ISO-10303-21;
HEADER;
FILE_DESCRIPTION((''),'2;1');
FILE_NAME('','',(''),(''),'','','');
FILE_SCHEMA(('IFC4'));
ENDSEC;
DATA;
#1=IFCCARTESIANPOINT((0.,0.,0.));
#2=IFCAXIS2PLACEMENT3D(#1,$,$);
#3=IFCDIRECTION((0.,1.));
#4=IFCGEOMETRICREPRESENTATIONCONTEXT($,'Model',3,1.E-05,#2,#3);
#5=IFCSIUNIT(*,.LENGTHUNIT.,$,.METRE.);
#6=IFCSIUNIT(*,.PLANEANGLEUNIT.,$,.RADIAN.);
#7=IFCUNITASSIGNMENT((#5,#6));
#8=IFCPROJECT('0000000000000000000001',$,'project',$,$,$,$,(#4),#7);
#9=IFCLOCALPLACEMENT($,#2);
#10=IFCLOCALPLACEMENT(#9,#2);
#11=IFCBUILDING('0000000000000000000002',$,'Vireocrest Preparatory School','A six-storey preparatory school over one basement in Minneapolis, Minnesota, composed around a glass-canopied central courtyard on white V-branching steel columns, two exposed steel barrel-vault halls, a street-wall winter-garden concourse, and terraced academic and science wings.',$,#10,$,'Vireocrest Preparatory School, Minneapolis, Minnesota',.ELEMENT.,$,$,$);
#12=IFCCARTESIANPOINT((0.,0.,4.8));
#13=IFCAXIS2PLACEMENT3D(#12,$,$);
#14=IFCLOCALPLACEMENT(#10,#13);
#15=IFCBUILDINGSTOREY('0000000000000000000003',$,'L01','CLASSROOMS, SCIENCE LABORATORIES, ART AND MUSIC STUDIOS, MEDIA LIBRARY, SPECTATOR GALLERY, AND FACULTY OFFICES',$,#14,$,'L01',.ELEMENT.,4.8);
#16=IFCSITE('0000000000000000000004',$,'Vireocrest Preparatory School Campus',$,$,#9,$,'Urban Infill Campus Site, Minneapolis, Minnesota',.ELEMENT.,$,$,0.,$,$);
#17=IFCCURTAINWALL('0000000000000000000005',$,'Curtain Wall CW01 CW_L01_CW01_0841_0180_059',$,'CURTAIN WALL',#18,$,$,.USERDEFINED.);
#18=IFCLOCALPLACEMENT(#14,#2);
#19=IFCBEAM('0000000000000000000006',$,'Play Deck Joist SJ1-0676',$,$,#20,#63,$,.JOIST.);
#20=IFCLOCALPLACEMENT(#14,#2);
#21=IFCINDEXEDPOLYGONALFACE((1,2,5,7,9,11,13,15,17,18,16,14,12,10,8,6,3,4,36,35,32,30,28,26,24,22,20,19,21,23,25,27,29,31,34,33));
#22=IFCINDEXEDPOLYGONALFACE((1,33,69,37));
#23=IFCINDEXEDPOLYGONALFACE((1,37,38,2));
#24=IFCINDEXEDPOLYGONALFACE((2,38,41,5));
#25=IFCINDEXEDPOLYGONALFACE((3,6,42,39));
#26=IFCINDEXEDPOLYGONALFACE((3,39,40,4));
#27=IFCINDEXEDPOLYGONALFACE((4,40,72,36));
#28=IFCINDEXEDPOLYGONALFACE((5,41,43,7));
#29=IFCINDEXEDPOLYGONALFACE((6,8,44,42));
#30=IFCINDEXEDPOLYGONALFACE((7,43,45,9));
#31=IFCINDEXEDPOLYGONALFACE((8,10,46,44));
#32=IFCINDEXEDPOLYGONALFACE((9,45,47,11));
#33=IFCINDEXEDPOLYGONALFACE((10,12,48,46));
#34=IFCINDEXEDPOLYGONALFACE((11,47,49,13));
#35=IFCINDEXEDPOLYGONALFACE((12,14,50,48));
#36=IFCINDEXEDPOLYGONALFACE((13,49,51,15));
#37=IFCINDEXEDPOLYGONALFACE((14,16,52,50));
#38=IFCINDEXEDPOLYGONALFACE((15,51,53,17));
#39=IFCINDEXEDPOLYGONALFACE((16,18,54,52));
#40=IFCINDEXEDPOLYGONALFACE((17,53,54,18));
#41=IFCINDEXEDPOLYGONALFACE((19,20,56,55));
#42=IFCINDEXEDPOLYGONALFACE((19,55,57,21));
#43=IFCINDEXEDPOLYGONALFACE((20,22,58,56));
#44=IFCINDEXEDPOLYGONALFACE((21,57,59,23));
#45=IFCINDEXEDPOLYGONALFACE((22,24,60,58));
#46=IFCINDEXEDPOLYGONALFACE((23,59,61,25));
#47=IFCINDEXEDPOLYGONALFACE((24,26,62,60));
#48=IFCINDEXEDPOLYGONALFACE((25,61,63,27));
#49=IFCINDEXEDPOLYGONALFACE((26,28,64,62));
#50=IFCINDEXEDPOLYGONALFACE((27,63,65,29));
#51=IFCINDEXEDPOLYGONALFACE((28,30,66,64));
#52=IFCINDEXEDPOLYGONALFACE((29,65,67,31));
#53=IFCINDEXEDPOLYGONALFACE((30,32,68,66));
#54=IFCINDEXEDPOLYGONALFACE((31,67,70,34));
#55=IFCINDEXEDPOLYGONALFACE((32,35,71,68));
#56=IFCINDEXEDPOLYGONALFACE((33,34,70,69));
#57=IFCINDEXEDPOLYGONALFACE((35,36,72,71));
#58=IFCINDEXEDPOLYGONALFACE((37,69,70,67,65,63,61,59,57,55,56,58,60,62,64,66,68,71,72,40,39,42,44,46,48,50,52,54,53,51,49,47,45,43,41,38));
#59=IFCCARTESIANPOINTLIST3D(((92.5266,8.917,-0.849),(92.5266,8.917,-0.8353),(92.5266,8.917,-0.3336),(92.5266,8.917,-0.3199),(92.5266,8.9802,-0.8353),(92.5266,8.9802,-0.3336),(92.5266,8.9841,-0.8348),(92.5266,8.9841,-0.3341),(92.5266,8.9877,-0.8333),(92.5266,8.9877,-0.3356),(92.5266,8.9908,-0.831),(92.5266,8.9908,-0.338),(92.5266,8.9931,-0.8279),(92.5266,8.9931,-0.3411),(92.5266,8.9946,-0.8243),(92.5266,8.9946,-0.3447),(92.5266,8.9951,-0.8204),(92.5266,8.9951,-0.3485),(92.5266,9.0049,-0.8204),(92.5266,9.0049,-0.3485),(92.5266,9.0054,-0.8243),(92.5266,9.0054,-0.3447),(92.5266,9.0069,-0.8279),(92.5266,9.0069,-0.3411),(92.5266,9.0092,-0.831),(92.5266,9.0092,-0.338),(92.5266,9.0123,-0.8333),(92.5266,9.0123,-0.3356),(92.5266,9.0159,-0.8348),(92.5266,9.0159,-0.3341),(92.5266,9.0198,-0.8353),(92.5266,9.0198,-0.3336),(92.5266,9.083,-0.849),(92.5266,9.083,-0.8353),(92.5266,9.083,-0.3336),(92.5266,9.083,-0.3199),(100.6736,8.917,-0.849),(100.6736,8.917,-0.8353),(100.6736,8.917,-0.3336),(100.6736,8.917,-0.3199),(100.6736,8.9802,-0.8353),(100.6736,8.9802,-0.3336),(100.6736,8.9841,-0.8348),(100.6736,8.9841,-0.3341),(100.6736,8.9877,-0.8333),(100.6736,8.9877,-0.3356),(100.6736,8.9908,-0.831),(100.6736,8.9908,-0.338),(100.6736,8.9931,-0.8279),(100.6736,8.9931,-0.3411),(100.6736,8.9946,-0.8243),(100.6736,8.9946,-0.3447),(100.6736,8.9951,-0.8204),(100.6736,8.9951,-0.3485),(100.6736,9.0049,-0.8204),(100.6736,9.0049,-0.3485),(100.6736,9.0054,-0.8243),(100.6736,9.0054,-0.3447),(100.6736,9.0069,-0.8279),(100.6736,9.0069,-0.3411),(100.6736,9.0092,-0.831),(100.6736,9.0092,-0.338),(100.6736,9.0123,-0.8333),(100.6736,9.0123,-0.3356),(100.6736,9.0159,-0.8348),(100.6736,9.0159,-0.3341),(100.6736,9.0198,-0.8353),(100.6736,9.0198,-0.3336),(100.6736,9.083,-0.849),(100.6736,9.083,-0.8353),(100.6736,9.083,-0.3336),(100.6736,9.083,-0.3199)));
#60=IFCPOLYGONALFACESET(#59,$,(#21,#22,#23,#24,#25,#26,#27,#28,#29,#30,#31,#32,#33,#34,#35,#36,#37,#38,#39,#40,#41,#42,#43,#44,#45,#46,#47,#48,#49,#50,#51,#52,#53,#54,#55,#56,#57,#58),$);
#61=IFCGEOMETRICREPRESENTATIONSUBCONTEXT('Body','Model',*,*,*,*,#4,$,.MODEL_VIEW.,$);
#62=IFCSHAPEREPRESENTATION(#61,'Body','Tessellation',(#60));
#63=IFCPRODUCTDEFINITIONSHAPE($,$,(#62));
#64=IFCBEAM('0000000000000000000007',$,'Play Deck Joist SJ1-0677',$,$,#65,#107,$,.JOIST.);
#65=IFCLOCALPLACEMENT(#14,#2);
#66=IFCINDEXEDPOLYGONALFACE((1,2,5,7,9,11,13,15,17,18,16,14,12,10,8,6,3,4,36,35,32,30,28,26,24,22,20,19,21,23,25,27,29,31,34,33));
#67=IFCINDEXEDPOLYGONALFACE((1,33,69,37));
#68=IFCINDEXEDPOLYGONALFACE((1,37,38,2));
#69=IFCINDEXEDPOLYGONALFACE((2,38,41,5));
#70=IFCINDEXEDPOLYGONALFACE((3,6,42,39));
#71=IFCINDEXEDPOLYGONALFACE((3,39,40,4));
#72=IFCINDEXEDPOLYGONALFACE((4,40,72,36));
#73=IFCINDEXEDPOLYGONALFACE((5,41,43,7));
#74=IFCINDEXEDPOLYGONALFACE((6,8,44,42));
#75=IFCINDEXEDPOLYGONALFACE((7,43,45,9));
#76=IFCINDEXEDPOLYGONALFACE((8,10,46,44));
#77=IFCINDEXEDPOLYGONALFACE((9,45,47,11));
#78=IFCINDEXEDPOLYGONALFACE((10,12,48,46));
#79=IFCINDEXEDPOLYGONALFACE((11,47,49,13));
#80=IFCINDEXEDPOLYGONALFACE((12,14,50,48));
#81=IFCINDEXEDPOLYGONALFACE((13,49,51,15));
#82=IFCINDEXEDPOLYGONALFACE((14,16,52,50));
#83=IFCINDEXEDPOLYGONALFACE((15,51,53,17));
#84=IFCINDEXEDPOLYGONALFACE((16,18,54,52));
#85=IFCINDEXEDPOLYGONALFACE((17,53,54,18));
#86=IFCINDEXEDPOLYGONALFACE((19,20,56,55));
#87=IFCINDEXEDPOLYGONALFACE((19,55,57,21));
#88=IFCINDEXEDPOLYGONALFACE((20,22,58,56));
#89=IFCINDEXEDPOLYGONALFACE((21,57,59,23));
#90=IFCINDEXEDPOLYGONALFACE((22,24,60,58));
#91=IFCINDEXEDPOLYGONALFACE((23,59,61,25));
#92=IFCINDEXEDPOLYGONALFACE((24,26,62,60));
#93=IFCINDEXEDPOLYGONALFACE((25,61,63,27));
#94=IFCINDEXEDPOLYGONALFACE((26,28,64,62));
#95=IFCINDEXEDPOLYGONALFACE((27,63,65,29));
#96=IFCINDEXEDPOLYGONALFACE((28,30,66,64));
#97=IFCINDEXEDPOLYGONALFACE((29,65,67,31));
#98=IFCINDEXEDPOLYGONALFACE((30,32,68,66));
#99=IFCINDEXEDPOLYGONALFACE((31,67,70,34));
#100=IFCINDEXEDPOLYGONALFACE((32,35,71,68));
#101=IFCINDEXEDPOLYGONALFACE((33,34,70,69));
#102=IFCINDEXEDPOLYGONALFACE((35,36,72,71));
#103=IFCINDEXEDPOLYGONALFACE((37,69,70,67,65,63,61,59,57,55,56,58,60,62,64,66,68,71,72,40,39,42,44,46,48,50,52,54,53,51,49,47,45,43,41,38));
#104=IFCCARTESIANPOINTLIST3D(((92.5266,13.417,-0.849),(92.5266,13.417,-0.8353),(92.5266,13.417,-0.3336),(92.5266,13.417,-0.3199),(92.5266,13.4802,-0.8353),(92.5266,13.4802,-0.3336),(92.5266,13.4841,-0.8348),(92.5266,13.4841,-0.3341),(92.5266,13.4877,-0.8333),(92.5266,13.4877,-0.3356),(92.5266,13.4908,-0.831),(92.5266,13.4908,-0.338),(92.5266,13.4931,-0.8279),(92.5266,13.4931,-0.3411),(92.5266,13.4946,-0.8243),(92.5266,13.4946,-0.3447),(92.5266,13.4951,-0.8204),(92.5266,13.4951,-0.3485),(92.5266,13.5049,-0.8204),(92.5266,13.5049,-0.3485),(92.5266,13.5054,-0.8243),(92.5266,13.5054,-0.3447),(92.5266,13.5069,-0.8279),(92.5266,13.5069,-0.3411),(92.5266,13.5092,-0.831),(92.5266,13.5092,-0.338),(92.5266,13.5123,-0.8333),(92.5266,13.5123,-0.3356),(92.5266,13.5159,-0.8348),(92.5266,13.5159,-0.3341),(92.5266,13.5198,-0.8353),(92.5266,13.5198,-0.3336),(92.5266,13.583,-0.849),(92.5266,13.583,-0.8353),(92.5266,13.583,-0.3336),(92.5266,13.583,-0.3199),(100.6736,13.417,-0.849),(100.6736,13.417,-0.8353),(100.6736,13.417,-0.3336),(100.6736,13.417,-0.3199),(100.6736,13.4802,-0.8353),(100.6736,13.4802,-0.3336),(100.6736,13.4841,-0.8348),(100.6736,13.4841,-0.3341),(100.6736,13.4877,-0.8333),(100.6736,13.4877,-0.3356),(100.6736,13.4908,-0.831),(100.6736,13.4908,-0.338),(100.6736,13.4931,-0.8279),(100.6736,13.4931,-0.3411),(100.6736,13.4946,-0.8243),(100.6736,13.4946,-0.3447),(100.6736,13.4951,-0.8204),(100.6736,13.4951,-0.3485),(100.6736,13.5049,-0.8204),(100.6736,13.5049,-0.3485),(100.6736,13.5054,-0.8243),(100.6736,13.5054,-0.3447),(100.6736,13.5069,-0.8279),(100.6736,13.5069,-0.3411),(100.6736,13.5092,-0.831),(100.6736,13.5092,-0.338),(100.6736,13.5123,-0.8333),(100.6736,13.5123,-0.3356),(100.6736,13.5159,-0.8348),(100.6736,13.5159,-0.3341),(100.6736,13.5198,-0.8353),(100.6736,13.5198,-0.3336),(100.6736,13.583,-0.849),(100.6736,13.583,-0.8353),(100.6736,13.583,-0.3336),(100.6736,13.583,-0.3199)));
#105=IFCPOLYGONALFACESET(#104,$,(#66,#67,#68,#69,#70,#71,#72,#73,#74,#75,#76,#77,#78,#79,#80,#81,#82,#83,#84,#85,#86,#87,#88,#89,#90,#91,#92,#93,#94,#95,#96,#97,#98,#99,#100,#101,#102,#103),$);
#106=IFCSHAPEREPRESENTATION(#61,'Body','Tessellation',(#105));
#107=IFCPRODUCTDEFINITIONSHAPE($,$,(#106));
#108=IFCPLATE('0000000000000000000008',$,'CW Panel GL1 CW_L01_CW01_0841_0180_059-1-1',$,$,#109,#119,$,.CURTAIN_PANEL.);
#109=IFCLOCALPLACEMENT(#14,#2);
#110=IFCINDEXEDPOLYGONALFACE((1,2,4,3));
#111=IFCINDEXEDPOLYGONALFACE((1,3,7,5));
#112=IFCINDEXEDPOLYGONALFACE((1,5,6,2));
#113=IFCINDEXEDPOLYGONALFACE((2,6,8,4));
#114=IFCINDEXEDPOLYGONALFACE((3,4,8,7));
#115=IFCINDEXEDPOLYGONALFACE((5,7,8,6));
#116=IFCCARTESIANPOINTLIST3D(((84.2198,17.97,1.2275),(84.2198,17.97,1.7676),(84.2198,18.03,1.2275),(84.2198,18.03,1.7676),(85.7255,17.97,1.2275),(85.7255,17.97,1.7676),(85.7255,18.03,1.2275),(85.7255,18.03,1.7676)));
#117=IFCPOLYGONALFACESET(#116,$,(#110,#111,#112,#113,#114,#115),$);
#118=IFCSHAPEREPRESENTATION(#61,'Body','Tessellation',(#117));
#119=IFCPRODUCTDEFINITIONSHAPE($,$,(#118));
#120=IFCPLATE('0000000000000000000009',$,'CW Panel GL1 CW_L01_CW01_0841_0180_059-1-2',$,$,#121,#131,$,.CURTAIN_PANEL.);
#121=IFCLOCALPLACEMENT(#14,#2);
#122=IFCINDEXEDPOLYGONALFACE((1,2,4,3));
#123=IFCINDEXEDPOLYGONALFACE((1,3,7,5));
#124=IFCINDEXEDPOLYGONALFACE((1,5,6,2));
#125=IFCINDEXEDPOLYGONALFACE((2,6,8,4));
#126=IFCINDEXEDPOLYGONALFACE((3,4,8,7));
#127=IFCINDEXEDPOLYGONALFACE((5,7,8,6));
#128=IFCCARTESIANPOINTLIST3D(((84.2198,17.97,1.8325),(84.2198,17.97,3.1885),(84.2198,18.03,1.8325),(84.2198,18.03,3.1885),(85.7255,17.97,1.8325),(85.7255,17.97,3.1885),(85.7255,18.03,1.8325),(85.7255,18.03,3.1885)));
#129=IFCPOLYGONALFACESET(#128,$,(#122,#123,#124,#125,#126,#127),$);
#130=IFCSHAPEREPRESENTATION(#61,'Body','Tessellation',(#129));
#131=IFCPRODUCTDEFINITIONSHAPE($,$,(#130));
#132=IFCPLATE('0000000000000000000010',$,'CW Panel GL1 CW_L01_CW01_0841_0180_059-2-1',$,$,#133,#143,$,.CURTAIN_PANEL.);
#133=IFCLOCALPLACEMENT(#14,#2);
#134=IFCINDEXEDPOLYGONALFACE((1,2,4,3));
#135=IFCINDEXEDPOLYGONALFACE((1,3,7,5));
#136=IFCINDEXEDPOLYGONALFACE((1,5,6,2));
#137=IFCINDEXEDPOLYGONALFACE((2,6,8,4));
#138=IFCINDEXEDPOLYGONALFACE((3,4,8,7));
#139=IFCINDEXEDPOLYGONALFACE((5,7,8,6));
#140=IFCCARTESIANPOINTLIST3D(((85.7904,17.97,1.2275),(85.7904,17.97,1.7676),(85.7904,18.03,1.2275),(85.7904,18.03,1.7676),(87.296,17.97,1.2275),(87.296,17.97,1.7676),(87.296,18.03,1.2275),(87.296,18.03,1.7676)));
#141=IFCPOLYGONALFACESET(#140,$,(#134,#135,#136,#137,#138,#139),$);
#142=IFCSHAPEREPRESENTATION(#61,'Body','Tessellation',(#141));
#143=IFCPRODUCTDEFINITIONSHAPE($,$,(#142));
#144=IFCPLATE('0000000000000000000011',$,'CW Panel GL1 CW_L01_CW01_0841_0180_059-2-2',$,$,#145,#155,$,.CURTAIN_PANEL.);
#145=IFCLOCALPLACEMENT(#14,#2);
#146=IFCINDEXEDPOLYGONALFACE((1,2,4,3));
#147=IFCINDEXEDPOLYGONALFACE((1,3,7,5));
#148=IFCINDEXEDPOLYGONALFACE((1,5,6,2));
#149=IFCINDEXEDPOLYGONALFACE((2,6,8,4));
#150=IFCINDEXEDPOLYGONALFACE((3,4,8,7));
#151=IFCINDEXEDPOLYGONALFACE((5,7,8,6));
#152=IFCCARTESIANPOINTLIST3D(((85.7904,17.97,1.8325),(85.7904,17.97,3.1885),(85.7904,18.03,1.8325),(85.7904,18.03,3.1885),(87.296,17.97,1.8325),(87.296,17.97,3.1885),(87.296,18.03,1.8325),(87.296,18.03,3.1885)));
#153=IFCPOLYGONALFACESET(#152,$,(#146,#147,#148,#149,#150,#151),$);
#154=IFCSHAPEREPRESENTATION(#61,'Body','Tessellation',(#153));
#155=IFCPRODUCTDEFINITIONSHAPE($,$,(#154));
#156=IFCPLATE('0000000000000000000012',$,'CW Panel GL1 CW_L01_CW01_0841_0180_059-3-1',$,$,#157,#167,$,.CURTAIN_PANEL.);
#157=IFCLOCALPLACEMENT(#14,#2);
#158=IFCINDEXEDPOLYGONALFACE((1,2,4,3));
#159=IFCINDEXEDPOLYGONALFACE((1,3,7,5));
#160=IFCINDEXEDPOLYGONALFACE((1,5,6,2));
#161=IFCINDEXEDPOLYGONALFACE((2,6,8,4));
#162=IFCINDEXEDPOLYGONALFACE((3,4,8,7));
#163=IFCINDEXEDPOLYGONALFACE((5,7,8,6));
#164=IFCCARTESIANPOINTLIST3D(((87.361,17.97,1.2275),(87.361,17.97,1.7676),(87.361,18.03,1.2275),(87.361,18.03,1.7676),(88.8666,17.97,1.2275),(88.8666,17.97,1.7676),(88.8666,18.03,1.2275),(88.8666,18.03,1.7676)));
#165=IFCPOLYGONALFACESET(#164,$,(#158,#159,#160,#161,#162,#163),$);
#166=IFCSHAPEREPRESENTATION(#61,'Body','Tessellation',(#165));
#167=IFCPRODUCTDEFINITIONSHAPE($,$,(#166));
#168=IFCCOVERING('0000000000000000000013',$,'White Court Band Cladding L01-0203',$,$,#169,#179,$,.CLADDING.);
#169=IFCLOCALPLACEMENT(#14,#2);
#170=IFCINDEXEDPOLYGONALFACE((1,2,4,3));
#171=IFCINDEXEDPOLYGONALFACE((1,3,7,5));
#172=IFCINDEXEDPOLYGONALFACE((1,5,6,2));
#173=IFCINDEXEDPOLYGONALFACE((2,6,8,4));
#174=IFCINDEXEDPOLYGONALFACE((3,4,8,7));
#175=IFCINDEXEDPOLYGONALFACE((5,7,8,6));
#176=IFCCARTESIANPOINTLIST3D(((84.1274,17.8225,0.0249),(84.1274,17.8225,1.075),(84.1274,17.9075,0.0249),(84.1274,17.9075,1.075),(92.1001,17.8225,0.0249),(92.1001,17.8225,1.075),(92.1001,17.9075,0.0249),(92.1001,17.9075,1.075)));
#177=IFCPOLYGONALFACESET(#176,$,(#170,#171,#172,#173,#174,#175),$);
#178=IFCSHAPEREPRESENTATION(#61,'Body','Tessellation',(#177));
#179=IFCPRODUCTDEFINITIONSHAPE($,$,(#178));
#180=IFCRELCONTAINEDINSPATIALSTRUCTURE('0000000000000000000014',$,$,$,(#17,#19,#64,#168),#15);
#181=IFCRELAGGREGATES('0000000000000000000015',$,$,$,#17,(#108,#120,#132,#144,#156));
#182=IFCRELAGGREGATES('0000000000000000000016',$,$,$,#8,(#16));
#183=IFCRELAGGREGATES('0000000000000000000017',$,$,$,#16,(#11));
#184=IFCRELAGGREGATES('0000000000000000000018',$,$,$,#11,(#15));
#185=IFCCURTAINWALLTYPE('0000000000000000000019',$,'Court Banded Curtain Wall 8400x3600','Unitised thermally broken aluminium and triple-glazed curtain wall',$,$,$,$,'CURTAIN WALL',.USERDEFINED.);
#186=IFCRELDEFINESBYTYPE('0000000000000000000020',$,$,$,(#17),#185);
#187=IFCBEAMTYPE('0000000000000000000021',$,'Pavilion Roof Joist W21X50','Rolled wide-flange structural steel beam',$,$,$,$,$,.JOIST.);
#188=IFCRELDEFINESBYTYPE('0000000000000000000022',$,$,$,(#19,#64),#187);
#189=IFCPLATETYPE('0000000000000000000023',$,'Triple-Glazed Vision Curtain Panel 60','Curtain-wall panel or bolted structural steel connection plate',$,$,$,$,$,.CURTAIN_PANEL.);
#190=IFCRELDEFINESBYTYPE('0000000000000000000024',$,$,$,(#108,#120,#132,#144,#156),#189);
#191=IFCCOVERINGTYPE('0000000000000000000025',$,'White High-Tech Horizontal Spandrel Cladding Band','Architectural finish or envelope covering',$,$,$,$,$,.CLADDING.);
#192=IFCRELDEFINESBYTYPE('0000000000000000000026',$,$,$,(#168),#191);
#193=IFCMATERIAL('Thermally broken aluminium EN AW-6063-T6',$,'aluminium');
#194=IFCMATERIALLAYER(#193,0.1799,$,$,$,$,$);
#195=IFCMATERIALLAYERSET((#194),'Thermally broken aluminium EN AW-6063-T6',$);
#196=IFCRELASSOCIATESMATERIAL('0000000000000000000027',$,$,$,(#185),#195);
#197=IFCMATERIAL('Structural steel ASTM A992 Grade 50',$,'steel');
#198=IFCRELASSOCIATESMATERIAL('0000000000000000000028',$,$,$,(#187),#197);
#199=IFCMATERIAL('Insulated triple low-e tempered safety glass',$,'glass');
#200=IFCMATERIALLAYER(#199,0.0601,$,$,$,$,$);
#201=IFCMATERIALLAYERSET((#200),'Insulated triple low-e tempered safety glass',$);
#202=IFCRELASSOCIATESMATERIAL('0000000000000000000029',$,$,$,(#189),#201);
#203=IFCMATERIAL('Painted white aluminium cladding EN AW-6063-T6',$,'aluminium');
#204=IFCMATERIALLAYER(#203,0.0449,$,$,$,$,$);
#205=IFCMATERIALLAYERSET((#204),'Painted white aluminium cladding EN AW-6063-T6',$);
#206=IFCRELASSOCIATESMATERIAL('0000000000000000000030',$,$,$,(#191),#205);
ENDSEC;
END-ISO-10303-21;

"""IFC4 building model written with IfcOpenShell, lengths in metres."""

from ifc_helpers import new_model, si_unit, direction, frame, origin, origin_2d, place, context, subcontext, project, spatial, rectangle, i_section, extrude, material, layer, layer_set, material_profile, profile_set, type_object, element, aggregate, save


model = new_model("IFC4")

# Units and contexts
model_context = context("Model", 3, precision=1e-05, world=origin(), true_north=direction((0.0, 1.0)))
body_context = subcontext(model_context, "Body", "Model", "MODEL_VIEW")
ifc_project = project(units=[si_unit("LENGTHUNIT", "METRE"), si_unit("PLANEANGLEUNIT", "RADIAN")], contexts=[model_context])

# Site, building, storey
site_placement = place(None, origin())
site = spatial("IfcSite", under=ifc_project, at=site_placement, Name="Vireocrest Preparatory School Campus", LongName="Urban Infill Campus Site, Minneapolis, Minnesota", CompositionType="ELEMENT", RefElevation=0.0)
building_placement = place(site_placement, origin())
building = spatial("IfcBuilding", under=site, at=building_placement, Name="Vireocrest Preparatory School", Description="A six-storey preparatory school over one basement in Minneapolis, Minnesota, composed around a glass-canopied central courtyard on white V-branching steel columns, two exposed steel barrel-vault halls, a street-wall winter-garden concourse, and terraced academic and science wings.", LongName="Vireocrest Preparatory School, Minneapolis, Minnesota", CompositionType="ELEMENT")
storey_placement = place(building_placement, frame((0.0, 0.0, 4.8)))
storey = spatial("IfcBuildingStorey", under=building, at=storey_placement, Name="L01", Description="CLASSROOMS, SCIENCE LABORATORIES, ART AND MUSIC STUDIOS, MEDIA LIBRARY, SPECTATOR GALLERY, AND FACULTY OFFICES", LongName="L01", CompositionType="ELEMENT", Elevation=4.8)

# Curtain wall
ifc_material_1 = material(Name="Thermally broken aluminium EN AW-6063-T6", Category="aluminium")
ifc_layer_1 = layer(ifc_material_1, 0.1799)
ifc_layer_set_1 = layer_set([ifc_layer_1], Name="Thermally broken aluminium EN AW-6063-T6")
curtain_wall_type = type_object("IfcCurtainWallType", Name="Court Banded Curtain Wall 8400x3600", Description="Unitised thermally broken aluminium and triple-glazed curtain wall", ElementType="CURTAIN WALL", PredefinedType="USERDEFINED", material=ifc_layer_set_1)
curtain_wall_placement = place(storey_placement, origin())
curtain_wall = element("IfcCurtainWall", 1, at=curtain_wall_placement, inside=storey, type_object=curtain_wall_type, Name="Curtain Wall CW01 CW_L01_CW01_0841_0180_059", ObjectType="CURTAIN WALL", PredefinedType="USERDEFINED")

# Beams
ifc_material_2 = material(Name="Structural steel ASTM A992 Grade 50", Category="steel")
ifc_material_profile_1 = material_profile(ifc_material_2, i_section(OverallWidth=0.166, OverallDepth=0.5291, WebThickness=0.0098, FlangeThickness=0.0137, FilletRadius=0.0149, at=origin_2d()), Name="W21X50")
ifc_profile_set_1 = profile_set([ifc_material_profile_1], Name="Structural steel ASTM A992 Grade 50")
beam_type_1 = type_object("IfcBeamType", Name="Pavilion Roof Joist W21X50", Description="Rolled wide-flange structural steel beam", PredefinedType="JOIST", material=ifc_profile_set_1)
for number, where, z_axis, x_axis, name in (
    (2, (92.5266, 9.0, -0.5845), (1.0, 0.0, 0.0), (0.0, 1.0, 0.0), "Play Deck Joist SJ1-0676"),
    (3, (92.5266, 13.5, -0.5845), (1.0, 0.0, 0.0), (0.0, 1.0, 0.0), "Play Deck Joist SJ1-0677"),
):
    element("IfcBeam", number, at=place(storey_placement, frame(where, z_axis=z_axis, x_axis=x_axis)), inside=storey, type_object=beam_type_1, Name=name, PredefinedType="JOIST", context=body_context, shape_type="SweptSolid", body=[
        extrude(i_section(OverallWidth=0.166, OverallDepth=0.5291, WebThickness=0.0098, FlangeThickness=0.0137, FilletRadius=0.0149, at=origin_2d()), origin(), (0.0, 0.0, 1.0), 8.147),
    ])

# Plates
ifc_material_3 = material(Name="Insulated triple low-e tempered safety glass", Category="glass")
ifc_layer_2 = layer(ifc_material_3, 0.0601)
ifc_layer_set_2 = layer_set([ifc_layer_2], Name="Insulated triple low-e tempered safety glass")
plate_type = type_object("IfcPlateType", Name="Triple-Glazed Vision Curtain Panel 60", Description="Curtain-wall panel or bolted structural steel connection plate", PredefinedType="CURTAIN_PANEL", material=ifc_layer_set_2)
plate_1_placement = place(storey_placement, frame((84.9727, 18.0, 1.2275), z_axis=(0.0, 0.0, 1.0), x_axis=(1.0, 0.0, 0.0)))
plate_1 = element("IfcPlate", 4, at=plate_1_placement, type_object=plate_type, Name="CW Panel GL1 CW_L01_CW01_0841_0180_059-1-1", PredefinedType="CURTAIN_PANEL", context=body_context, shape_type="SweptSolid", body=[
    extrude(rectangle(XDim=1.5056, YDim=0.0601, at=origin_2d()), origin(), (0.0, 0.0, 1.0), 0.54),
])
plate_2_placement = place(storey_placement, frame((84.9727, 18.0, 1.8325), z_axis=(0.0, 0.0, 1.0), x_axis=(1.0, 0.0, 0.0)))
plate_2 = element("IfcPlate", 5, at=plate_2_placement, type_object=plate_type, Name="CW Panel GL1 CW_L01_CW01_0841_0180_059-1-2", PredefinedType="CURTAIN_PANEL", context=body_context, shape_type="SweptSolid", body=[
    extrude(rectangle(XDim=1.5056, YDim=0.0601, at=origin_2d()), origin(), (0.0, 0.0, 1.0), 1.356),
])
plate_3_placement = place(storey_placement, frame((86.5432, 18.0, 1.2275), z_axis=(0.0, 0.0, 1.0), x_axis=(1.0, 0.0, 0.0)))
plate_3 = element("IfcPlate", 6, at=plate_3_placement, type_object=plate_type, Name="CW Panel GL1 CW_L01_CW01_0841_0180_059-2-1", PredefinedType="CURTAIN_PANEL", context=body_context, shape_type="SweptSolid", body=[
    extrude(rectangle(XDim=1.5056, YDim=0.0601, at=origin_2d()), origin(), (0.0, 0.0, 1.0), 0.54),
])
plate_4_placement = place(storey_placement, frame((86.5432, 18.0, 1.8325), z_axis=(0.0, 0.0, 1.0), x_axis=(1.0, 0.0, 0.0)))
plate_4 = element("IfcPlate", 7, at=plate_4_placement, type_object=plate_type, Name="CW Panel GL1 CW_L01_CW01_0841_0180_059-2-2", PredefinedType="CURTAIN_PANEL", context=body_context, shape_type="SweptSolid", body=[
    extrude(rectangle(XDim=1.5056, YDim=0.0601, at=origin_2d()), origin(), (0.0, 0.0, 1.0), 1.356),
])
plate_5_placement = place(storey_placement, frame((88.1138, 18.0, 1.2275), z_axis=(0.0, 0.0, 1.0), x_axis=(1.0, 0.0, 0.0)))
plate_5 = element("IfcPlate", 8, at=plate_5_placement, type_object=plate_type, Name="CW Panel GL1 CW_L01_CW01_0841_0180_059-3-1", PredefinedType="CURTAIN_PANEL", context=body_context, shape_type="SweptSolid", body=[
    extrude(rectangle(XDim=1.5056, YDim=0.0601, at=origin_2d()), origin(), (0.0, 0.0, 1.0), 0.54),
])
aggregate(curtain_wall, [plate_1, plate_2, plate_3, plate_4, plate_5])

# Covering
ifc_material_4 = material(Name="Painted white aluminium cladding EN AW-6063-T6", Category="aluminium")
ifc_layer_3 = layer(ifc_material_4, 0.0449)
ifc_layer_set_3 = layer_set([ifc_layer_3], Name="Painted white aluminium cladding EN AW-6063-T6")
covering_type = type_object("IfcCoveringType", Name="White High-Tech Horizontal Spandrel Cladding Band", Description="Architectural finish or envelope covering", PredefinedType="CLADDING", material=ifc_layer_set_3)
covering_placement = place(storey_placement, frame((88.1138, 17.865, 0.0249), z_axis=(0.0, 0.0, 1.0), x_axis=(1.0, 0.0, 0.0)))
element("IfcCovering", 9, at=covering_placement, inside=storey, type_object=covering_type, Name="White Court Band Cladding L01-0203", PredefinedType="CLADDING", context=body_context, shape_type="SweptSolid", body=[
    extrude(rectangle(XDim=7.9727, YDim=0.085, at=origin_2d()), origin(), (0.0, 0.0, 1.0), 1.05),
])

save(model, "model.ifc")
